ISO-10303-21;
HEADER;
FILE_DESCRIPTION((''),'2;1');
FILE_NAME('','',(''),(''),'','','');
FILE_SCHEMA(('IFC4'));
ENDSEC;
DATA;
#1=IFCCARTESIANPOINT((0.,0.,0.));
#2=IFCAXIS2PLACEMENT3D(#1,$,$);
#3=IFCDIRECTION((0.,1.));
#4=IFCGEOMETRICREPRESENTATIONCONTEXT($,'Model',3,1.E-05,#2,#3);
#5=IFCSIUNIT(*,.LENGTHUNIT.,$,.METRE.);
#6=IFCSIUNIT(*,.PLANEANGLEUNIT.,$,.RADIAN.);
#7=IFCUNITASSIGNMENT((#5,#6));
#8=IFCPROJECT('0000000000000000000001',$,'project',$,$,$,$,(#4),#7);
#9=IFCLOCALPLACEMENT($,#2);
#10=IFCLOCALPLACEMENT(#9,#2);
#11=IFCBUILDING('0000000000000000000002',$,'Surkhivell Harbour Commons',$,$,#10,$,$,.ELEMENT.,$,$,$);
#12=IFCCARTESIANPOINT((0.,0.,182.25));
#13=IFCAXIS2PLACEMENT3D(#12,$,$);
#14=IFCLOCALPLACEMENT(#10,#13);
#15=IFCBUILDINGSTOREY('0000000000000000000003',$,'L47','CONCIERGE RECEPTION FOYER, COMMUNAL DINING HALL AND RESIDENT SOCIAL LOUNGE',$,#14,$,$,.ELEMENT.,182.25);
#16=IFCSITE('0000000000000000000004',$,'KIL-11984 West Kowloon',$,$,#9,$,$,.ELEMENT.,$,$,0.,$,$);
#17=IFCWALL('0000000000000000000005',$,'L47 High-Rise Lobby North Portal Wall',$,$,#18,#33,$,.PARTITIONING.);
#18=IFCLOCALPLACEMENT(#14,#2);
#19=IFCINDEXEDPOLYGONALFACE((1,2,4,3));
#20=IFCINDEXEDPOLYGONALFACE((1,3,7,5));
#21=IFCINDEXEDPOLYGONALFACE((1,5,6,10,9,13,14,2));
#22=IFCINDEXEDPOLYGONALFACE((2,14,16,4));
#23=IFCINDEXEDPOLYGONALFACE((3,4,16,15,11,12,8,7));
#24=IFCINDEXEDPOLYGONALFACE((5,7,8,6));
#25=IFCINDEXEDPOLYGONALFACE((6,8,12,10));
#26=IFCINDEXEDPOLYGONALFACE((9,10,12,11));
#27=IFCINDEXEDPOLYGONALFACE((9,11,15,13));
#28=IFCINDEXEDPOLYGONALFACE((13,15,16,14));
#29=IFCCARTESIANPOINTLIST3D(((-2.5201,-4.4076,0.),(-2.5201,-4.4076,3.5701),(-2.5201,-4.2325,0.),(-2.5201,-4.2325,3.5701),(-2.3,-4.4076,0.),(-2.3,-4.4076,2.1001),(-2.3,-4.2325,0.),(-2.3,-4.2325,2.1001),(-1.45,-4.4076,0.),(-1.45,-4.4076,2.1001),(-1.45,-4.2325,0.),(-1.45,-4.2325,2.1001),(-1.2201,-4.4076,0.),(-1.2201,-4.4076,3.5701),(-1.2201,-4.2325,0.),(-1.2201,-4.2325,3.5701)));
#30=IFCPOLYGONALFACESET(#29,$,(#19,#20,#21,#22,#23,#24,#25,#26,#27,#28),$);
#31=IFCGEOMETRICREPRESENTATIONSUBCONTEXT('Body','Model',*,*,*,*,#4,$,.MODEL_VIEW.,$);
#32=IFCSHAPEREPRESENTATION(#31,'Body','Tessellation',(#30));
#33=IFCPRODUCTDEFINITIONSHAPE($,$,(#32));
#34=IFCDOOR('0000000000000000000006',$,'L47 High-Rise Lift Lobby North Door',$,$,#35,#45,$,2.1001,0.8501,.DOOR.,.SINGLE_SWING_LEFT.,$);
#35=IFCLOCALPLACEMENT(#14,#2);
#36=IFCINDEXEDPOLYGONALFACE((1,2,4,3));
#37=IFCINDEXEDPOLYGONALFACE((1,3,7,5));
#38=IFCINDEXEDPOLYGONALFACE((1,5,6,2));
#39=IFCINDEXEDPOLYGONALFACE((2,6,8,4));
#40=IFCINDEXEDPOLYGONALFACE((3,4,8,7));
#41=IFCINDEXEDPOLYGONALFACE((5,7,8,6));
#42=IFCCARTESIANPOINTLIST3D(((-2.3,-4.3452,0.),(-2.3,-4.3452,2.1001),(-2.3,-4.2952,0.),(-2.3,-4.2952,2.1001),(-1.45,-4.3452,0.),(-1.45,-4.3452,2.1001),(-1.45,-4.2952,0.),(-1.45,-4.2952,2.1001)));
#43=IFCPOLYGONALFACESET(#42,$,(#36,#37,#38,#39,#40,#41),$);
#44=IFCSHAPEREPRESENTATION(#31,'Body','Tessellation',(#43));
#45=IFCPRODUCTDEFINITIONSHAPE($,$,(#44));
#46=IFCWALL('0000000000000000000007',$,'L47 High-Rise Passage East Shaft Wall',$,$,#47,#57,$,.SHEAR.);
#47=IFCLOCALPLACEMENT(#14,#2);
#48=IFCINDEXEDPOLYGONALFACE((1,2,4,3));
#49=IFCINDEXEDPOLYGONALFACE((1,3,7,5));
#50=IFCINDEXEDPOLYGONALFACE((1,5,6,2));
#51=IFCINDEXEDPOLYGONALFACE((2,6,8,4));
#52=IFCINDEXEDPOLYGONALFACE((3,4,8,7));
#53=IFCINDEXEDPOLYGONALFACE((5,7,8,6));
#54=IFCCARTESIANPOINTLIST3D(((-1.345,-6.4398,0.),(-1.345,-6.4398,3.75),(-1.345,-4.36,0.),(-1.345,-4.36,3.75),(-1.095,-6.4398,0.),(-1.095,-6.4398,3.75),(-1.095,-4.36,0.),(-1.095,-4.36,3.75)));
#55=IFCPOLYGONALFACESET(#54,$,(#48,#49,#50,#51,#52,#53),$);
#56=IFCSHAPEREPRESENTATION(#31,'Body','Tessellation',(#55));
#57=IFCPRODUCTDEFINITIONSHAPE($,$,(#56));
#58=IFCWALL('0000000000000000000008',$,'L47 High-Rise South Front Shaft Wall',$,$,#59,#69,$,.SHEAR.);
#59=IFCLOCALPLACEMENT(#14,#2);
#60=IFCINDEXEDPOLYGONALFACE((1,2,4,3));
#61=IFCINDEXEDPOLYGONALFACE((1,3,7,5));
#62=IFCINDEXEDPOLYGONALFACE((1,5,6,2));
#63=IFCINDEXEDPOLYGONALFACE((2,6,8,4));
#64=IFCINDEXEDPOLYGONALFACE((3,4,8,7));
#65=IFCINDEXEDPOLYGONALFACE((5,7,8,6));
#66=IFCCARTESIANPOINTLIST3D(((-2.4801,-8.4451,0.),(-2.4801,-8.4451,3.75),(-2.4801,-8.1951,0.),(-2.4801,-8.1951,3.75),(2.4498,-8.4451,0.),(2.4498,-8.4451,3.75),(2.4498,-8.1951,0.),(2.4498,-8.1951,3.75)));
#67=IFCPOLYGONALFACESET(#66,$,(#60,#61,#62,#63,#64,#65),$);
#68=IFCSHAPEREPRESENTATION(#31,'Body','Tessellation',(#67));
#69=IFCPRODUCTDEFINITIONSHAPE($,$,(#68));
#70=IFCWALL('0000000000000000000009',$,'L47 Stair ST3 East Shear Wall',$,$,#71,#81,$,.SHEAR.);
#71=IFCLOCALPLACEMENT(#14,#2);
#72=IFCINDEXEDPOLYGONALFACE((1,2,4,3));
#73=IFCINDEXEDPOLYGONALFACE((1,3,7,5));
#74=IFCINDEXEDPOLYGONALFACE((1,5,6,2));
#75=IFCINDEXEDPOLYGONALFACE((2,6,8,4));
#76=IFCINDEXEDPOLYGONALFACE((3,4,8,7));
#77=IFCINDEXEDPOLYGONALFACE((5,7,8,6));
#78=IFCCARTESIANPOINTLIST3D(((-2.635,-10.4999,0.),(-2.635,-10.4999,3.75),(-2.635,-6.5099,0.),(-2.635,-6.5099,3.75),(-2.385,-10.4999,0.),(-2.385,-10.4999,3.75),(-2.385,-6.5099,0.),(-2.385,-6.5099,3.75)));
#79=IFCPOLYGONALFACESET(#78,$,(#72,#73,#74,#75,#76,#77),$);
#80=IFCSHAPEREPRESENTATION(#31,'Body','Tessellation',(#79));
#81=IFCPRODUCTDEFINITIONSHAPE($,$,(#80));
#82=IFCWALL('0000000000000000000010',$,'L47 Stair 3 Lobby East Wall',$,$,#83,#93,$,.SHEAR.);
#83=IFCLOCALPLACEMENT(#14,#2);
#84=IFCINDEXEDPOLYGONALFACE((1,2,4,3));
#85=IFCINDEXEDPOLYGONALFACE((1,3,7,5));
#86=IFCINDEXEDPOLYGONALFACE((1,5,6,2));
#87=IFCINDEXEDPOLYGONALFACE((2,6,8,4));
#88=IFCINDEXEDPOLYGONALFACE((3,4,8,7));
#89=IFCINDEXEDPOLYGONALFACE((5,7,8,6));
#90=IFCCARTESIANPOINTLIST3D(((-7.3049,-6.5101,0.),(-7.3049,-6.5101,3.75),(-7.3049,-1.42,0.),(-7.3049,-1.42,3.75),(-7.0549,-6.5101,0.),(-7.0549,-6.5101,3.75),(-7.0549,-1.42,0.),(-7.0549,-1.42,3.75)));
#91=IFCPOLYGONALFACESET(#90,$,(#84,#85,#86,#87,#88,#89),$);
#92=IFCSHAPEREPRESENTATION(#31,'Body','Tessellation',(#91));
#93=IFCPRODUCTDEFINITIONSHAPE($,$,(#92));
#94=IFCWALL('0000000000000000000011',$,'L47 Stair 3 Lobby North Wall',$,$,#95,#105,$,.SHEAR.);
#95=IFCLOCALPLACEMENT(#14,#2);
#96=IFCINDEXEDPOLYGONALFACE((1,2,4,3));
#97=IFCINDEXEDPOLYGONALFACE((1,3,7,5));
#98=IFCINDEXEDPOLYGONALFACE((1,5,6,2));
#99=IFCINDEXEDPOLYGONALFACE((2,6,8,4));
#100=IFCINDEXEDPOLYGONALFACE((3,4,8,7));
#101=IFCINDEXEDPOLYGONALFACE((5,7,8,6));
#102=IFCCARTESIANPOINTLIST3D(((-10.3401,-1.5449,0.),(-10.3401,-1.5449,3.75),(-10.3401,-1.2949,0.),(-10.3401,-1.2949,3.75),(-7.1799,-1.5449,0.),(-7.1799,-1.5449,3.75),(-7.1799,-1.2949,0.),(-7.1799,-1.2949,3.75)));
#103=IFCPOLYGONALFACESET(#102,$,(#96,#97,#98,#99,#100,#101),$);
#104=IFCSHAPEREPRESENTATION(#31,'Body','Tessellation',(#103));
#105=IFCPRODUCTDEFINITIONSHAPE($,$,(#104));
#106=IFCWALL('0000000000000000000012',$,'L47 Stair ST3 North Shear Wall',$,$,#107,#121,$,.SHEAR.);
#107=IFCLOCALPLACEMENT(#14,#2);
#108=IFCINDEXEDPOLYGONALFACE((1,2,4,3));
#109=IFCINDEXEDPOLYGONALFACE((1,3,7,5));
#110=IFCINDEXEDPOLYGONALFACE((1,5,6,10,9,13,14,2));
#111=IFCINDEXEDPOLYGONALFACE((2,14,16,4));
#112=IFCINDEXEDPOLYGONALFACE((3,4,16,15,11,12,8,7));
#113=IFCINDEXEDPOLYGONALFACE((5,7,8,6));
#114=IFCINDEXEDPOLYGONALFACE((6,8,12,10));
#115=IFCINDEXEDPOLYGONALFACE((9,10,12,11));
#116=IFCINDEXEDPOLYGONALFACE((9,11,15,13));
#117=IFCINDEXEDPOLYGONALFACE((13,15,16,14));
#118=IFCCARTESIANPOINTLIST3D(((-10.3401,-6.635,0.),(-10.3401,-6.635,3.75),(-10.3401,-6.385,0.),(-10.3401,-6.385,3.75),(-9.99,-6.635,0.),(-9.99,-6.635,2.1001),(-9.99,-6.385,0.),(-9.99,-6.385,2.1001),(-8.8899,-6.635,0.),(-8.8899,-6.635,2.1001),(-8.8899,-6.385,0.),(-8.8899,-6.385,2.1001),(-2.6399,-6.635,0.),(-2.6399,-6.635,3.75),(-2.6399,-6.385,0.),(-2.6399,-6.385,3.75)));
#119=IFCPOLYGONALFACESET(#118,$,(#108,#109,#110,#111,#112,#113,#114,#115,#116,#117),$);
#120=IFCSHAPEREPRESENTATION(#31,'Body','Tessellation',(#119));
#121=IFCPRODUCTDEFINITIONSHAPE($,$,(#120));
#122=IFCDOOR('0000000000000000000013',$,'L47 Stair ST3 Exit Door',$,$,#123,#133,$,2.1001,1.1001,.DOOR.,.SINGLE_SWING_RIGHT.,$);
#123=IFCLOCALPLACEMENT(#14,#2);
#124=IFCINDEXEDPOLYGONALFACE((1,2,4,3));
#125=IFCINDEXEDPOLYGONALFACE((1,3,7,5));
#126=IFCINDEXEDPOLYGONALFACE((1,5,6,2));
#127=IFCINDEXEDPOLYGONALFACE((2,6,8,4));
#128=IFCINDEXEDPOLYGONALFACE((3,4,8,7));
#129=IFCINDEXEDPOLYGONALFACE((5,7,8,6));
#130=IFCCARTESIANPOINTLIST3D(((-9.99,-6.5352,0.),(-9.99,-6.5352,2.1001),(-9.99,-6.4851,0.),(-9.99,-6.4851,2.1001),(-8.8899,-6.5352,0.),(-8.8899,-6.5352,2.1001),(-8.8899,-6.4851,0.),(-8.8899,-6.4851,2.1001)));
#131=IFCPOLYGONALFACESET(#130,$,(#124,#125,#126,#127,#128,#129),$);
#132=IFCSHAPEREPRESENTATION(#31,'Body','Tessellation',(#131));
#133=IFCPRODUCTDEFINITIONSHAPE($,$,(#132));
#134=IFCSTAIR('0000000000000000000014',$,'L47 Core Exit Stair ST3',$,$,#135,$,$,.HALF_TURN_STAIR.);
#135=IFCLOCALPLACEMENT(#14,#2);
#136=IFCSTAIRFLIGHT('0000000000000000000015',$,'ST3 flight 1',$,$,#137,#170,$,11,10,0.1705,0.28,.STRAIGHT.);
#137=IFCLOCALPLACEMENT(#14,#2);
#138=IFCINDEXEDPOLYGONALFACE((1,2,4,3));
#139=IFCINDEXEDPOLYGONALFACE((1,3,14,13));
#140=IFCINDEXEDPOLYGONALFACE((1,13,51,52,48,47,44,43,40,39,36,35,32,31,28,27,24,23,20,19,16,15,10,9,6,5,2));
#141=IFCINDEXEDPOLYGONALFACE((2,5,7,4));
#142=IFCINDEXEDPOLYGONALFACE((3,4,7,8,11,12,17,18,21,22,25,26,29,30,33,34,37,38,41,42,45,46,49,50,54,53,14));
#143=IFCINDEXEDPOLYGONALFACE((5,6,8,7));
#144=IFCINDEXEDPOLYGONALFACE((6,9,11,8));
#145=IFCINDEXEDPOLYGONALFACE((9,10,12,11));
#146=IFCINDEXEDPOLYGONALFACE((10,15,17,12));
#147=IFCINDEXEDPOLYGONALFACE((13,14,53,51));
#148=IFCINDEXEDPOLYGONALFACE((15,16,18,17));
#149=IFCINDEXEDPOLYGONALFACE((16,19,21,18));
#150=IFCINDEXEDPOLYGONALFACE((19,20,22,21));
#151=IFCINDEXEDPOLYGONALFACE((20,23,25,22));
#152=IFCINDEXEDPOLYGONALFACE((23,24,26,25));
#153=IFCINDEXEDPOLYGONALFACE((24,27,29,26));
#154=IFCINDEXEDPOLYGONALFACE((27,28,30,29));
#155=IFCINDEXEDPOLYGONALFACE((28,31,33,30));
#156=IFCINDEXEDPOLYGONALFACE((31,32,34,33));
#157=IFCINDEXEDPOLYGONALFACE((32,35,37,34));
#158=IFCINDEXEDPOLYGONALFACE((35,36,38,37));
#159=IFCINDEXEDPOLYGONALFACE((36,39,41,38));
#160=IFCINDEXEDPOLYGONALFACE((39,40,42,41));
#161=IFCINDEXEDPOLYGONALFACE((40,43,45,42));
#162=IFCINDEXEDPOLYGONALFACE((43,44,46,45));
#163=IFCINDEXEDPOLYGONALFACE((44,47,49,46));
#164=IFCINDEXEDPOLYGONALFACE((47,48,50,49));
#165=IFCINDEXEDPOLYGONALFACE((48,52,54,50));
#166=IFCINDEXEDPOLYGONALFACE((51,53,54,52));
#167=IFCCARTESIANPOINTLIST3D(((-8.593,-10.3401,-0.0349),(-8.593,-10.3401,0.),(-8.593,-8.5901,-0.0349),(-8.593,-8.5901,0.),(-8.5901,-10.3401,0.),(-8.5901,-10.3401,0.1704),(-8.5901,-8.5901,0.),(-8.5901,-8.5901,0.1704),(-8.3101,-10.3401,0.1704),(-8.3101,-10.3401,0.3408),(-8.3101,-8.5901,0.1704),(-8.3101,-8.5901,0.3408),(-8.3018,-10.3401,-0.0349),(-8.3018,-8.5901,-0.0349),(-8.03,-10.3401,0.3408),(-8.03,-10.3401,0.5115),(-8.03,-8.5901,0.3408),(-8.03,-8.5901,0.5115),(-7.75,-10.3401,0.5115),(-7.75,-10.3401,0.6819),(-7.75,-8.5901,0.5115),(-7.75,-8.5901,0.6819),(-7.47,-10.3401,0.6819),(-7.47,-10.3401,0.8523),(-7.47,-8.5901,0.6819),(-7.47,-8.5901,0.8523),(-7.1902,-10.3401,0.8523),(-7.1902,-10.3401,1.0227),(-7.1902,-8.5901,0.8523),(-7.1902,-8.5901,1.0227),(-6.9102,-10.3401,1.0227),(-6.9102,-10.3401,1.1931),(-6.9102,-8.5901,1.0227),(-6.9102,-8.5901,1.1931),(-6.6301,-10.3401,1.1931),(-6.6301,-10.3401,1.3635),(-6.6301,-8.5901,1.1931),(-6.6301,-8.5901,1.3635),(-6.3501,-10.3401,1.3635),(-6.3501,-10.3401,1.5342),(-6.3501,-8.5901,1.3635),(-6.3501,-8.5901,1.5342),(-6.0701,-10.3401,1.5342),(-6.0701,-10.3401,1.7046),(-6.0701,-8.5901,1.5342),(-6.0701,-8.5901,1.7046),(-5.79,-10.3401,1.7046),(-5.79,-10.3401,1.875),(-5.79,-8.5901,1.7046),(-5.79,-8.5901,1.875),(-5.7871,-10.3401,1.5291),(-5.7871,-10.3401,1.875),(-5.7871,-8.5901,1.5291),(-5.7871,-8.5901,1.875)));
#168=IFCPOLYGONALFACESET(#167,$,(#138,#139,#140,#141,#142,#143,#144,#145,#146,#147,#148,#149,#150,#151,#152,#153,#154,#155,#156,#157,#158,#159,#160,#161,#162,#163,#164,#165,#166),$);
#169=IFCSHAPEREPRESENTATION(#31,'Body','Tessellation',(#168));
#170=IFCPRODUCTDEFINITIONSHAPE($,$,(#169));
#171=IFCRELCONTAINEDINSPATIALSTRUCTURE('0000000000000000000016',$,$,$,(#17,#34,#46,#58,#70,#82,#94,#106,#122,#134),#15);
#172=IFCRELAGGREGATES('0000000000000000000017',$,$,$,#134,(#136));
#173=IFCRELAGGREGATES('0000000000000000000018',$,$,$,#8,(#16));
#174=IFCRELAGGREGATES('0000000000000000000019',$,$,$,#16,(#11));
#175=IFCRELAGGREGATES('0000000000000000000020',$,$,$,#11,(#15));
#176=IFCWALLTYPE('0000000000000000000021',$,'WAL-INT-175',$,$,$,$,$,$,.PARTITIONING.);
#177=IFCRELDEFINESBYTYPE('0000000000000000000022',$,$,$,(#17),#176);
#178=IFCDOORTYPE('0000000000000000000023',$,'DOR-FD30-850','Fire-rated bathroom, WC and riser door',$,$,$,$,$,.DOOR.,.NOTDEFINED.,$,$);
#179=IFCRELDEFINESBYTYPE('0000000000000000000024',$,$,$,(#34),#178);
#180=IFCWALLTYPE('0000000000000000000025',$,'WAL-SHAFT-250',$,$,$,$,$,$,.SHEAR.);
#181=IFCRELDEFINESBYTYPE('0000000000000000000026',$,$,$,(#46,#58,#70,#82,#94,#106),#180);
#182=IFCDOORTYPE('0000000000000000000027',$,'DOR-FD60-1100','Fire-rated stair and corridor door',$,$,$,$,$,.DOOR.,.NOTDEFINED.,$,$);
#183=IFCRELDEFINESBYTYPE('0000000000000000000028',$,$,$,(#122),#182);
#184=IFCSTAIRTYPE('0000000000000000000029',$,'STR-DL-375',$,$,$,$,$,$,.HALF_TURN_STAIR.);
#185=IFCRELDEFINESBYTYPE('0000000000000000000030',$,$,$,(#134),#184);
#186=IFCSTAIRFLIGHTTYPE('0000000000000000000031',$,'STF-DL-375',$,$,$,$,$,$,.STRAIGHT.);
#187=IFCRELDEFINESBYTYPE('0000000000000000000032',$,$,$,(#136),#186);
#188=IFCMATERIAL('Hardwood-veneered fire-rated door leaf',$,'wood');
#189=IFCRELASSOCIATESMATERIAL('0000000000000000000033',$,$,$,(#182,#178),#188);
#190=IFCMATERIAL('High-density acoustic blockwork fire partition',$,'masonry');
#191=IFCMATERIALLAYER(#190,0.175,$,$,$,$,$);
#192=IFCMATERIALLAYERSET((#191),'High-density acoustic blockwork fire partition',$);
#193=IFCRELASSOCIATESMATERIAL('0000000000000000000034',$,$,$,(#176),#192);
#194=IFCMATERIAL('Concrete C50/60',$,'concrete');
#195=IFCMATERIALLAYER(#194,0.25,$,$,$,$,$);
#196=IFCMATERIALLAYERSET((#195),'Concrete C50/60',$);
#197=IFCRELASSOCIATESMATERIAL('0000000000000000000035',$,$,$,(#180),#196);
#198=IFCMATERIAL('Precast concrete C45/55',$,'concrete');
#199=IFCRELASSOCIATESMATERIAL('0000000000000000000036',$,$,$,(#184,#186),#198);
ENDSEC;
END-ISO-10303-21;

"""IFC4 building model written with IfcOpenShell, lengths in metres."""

from ifc_helpers import new_model, si_unit, direction, frame, frame_2d, origin, place, context, subcontext, project, spatial, polyline, rectangle, outline, extrude, material, layer, layer_set, type_object, element, fill, aggregate, save


model = new_model("IFC4")

# Units and contexts
model_context = context("Model", 3, precision=1e-05, world=origin(), true_north=direction((0.0, 1.0)))
body_context = subcontext(model_context, "Body", "Model", "MODEL_VIEW")
ifc_project = project(units=[si_unit("LENGTHUNIT", "METRE"), si_unit("PLANEANGLEUNIT", "RADIAN")], contexts=[model_context])

# Site, building, storey
site_placement = place(None, origin())
site = spatial("IfcSite", under=ifc_project, at=site_placement, Name="KIL-11984 West Kowloon", CompositionType="ELEMENT", RefElevation=0.0)
building_placement = place(site_placement, origin())
building = spatial("IfcBuilding", under=site, at=building_placement, Name="Surkhivell Harbour Commons", CompositionType="ELEMENT")
storey_placement = place(building_placement, frame((0.0, 0.0, 182.25)))
storey = spatial("IfcBuildingStorey", under=building, at=storey_placement, Name="L47", Description="CONCIERGE RECEPTION FOYER, COMMUNAL DINING HALL AND RESIDENT SOCIAL LOUNGE", CompositionType="ELEMENT", Elevation=182.25)

# Shared definitions
ifc_material_1 = material(Name="Hardwood-veneered fire-rated door leaf", Category="wood")
door_type_1 = type_object("IfcDoorType", Name="DOR-FD60-1100", Description="Fire-rated stair and corridor door", OperationType="NOTDEFINED", PredefinedType="DOOR", material=ifc_material_1)
door_type_2 = type_object("IfcDoorType", Name="DOR-FD30-850", Description="Fire-rated bathroom, WC and riser door", OperationType="NOTDEFINED", PredefinedType="DOOR", material=ifc_material_1)

# Shared definitions
ifc_material_2 = material(Name="High-density acoustic blockwork fire partition", Category="masonry")
ifc_layer_1 = layer(ifc_material_2, 0.175)
ifc_layer_set_1 = layer_set([ifc_layer_1], Name="High-density acoustic blockwork fire partition")
wall_type_1 = type_object("IfcWallType", Name="WAL-INT-175", PredefinedType="PARTITIONING", material=ifc_layer_set_1)

# Wall, opening, door
wall_1_placement = place(storey_placement, frame((-2.52, -4.3201, 0.0), z_axis=(0.0, 0.0, 1.0), x_axis=(1.0, 0.0, 0.0)))
wall_1 = element("IfcWall", 1, at=wall_1_placement, inside=storey, type_object=wall_type_1, Name="L47 High-Rise Lobby North Portal Wall", PredefinedType="PARTITIONING", context=body_context, shape_type="SweptSolid", body=[
    extrude(rectangle(XDim=1.3, YDim=0.175, at=frame_2d((0.6499, 0.0))), origin(), (0.0, 0.0, 1.0), 3.5701),
])
opening_1_placement = place(wall_1_placement, frame((0.22, 0.0, 0.0)))
opening_1 = element("IfcOpeningElement", 2, at=opening_1_placement, cuts=wall_1, PredefinedType="OPENING", context=body_context, shape_type="SweptSolid", body=[
    extrude(rectangle(XDim=0.8501, YDim=2.1001, at=frame_2d((0.425, 1.05))), frame((0.0, 0.0974, 0.0), z_axis=(0.0, -1.0, 0.0), x_axis=(1.0, 0.0, 0.0)), (0.0, 0.0, 1.0), 0.1951),
])
door_1_placement = place(opening_1_placement, origin())
door_1 = element("IfcDoor", 3, at=door_1_placement, inside=storey, type_object=door_type_2, Name="L47 High-Rise Lift Lobby North Door", OperationType="SINGLE_SWING_LEFT", OverallHeight=2.1001, OverallWidth=0.8501, PredefinedType="DOOR", context=body_context, shape_type="SweptSolid", body=[
    extrude(rectangle(XDim=0.8501, YDim=2.1001, at=frame_2d((0.425, 1.05))), frame((0.0, 0.0249, 0.0), z_axis=(0.0, -1.0, 0.0), x_axis=(1.0, 0.0, 0.0)), (0.0, 0.0, 1.0), 0.05),
])
fill(opening_1, door_1)

# Walls
ifc_material_3 = material(Name="Concrete C50/60", Category="concrete")
ifc_layer_2 = layer(ifc_material_3, 0.25)
ifc_layer_set_2 = layer_set([ifc_layer_2], Name="Concrete C50/60")
wall_type_2 = type_object("IfcWallType", Name="WAL-SHAFT-250", PredefinedType="SHEAR", material=ifc_layer_set_2)
wall_2_placement = place(storey_placement, frame((-1.22, -6.4399, 0.0), z_axis=(0.0, 0.0, 1.0), x_axis=(0.0, 1.0, 0.0)))
element("IfcWall", 4, at=wall_2_placement, inside=storey, type_object=wall_type_2, Name="L47 High-Rise Passage East Shaft Wall", PredefinedType="SHEAR", context=body_context, shape_type="SweptSolid", body=[
    extrude(rectangle(XDim=2.0798, YDim=0.25, at=frame_2d((1.04, 0.0))), origin(), (0.0, 0.0, 1.0), 3.75),
])
wall_3_placement = place(storey_placement, frame((-2.48, -8.3201, 0.0), z_axis=(0.0, 0.0, 1.0), x_axis=(1.0, 0.0, 0.0)))
element("IfcWall", 5, at=wall_3_placement, inside=storey, type_object=wall_type_2, Name="L47 High-Rise South Front Shaft Wall", PredefinedType="SHEAR", context=body_context, shape_type="SweptSolid", body=[
    extrude(rectangle(XDim=4.9299, YDim=0.25, at=frame_2d((2.4648, 0.0))), origin(), (0.0, 0.0, 1.0), 3.75),
])
wall_4_placement = place(storey_placement, frame((-2.51, -10.5, 0.0), z_axis=(0.0, 0.0, 1.0), x_axis=(0.0, 1.0, 0.0)))
element("IfcWall", 6, at=wall_4_placement, inside=storey, type_object=wall_type_2, Name="L47 Stair ST3 East Shear Wall", PredefinedType="SHEAR", context=body_context, shape_type="SweptSolid", body=[
    extrude(rectangle(XDim=3.99, YDim=0.25, at=frame_2d((1.9951, 0.0))), origin(), (0.0, 0.0, 1.0), 3.75),
])
wall_5_placement = place(storey_placement, frame((-7.1799, -6.51, 0.0), z_axis=(0.0, 0.0, 1.0), x_axis=(0.0, 1.0, 0.0)))
element("IfcWall", 7, at=wall_5_placement, inside=storey, type_object=wall_type_2, Name="L47 Stair 3 Lobby East Wall", PredefinedType="SHEAR", context=body_context, shape_type="SweptSolid", body=[
    extrude(rectangle(XDim=5.0901, YDim=0.25, at=frame_2d((2.5449, 0.0))), origin(), (0.0, 0.0, 1.0), 3.75),
])
wall_6_placement = place(storey_placement, frame((-10.3401, -1.4199, 0.0), z_axis=(0.0, 0.0, 1.0), x_axis=(1.0, 0.0, 0.0)))
element("IfcWall", 8, at=wall_6_placement, inside=storey, type_object=wall_type_2, Name="L47 Stair 3 Lobby North Wall", PredefinedType="SHEAR", context=body_context, shape_type="SweptSolid", body=[
    extrude(rectangle(XDim=3.1602, YDim=0.25, at=frame_2d((1.5801, 0.0))), origin(), (0.0, 0.0, 1.0), 3.75),
])

# Wall, opening, door
wall_7_placement = place(storey_placement, frame((-10.3401, -6.51, 0.0), z_axis=(0.0, 0.0, 1.0), x_axis=(1.0, 0.0, 0.0)))
wall_7 = element("IfcWall", 9, at=wall_7_placement, inside=storey, type_object=wall_type_2, Name="L47 Stair ST3 North Shear Wall", PredefinedType="SHEAR", context=body_context, shape_type="SweptSolid", body=[
    extrude(rectangle(XDim=7.7002, YDim=0.25, at=frame_2d((3.8501, 0.0))), origin(), (0.0, 0.0, 1.0), 3.75),
])
opening_2_placement = place(wall_7_placement, frame((0.3501, 0.0, 0.0)))
opening_2 = element("IfcOpeningElement", 10, at=opening_2_placement, cuts=wall_7, PredefinedType="OPENING", context=body_context, shape_type="SweptSolid", body=[
    extrude(rectangle(XDim=1.1001, YDim=2.1001, at=frame_2d((0.55, 1.05))), frame((0.0, 0.135, 0.0), z_axis=(0.0, -1.0, 0.0), x_axis=(1.0, 0.0, 0.0)), (0.0, 0.0, 1.0), 0.27),
])
door_2_placement = place(opening_2_placement, origin())
door_2 = element("IfcDoor", 11, at=door_2_placement, inside=storey, type_object=door_type_1, Name="L47 Stair ST3 Exit Door", OperationType="SINGLE_SWING_RIGHT", OverallHeight=2.1001, OverallWidth=1.1001, PredefinedType="DOOR", context=body_context, shape_type="SweptSolid", body=[
    extrude(rectangle(XDim=1.1001, YDim=2.1001, at=frame_2d((0.55, 1.05))), frame((0.0, 0.0249, 0.0), z_axis=(0.0, -1.0, 0.0), x_axis=(1.0, 0.0, 0.0)), (0.0, 0.0, 1.0), 0.05),
])
fill(opening_2, door_2)

# Stair, stair flight
ifc_material_4 = material(Name="Precast concrete C45/55", Category="concrete")
stair_type = type_object("IfcStairType", Name="STR-DL-375", PredefinedType="HALF_TURN_STAIR", material=ifc_material_4)
stair_placement = place(storey_placement, origin())
stair = element("IfcStair", 12, at=stair_placement, inside=storey, type_object=stair_type, Name="L47 Core Exit Stair ST3", PredefinedType="HALF_TURN_STAIR")
stair_flight_type = type_object("IfcStairFlightType", Name="STF-DL-375", PredefinedType="STRAIGHT", material=ifc_material_4)
stair_flight_1_placement = place(storey_placement, frame((-8.5901, -9.4651, 0.0), z_axis=(0.0, 0.0, 1.0), x_axis=(1.0, 0.0, 0.0)))
stair_flight_1 = element("IfcStairFlight", 13, at=stair_flight_1_placement, type_object=stair_flight_type, Name="ST3 flight 1", NumberOfRisers=11, NumberOfTreads=10, PredefinedType="STRAIGHT", RiserHeight=0.1705, TreadLength=0.28, context=body_context, shape_type="SweptSolid", body=[
    extrude(outline(polyline([(-0.0029, -0.0349), (-0.0029, 0.0), (0.0, 0.0), (0.0, 0.1704), (0.28, 0.1704), (0.28, 0.3408), (0.5601, 0.3408), (0.5601, 0.5115), (0.8401, 0.5115), (0.8401, 0.6819), (1.1201, 0.6819), (1.1201, 0.8523), (1.3999, 0.8523), (1.3999, 1.0227), (1.6799, 1.0227), (1.6799, 1.1931), (1.96, 1.1931), (1.96, 1.3635), (2.24, 1.3635), (2.24, 1.5342), (2.52, 1.5342), (2.52, 1.7046), (2.8, 1.7046), (2.8, 1.875), (2.803, 1.875), (2.803, 1.5291), (0.2883, -0.0349), (-0.0029, -0.0349)])), frame((0.0, 0.875, 0.0), z_axis=(0.0, -1.0, 0.0), x_axis=(1.0, 0.0, 0.0)), (0.0, 0.0, 1.0), 1.75),
])
aggregate(stair, [stair_flight_1])

save(model, "model.ifc")
